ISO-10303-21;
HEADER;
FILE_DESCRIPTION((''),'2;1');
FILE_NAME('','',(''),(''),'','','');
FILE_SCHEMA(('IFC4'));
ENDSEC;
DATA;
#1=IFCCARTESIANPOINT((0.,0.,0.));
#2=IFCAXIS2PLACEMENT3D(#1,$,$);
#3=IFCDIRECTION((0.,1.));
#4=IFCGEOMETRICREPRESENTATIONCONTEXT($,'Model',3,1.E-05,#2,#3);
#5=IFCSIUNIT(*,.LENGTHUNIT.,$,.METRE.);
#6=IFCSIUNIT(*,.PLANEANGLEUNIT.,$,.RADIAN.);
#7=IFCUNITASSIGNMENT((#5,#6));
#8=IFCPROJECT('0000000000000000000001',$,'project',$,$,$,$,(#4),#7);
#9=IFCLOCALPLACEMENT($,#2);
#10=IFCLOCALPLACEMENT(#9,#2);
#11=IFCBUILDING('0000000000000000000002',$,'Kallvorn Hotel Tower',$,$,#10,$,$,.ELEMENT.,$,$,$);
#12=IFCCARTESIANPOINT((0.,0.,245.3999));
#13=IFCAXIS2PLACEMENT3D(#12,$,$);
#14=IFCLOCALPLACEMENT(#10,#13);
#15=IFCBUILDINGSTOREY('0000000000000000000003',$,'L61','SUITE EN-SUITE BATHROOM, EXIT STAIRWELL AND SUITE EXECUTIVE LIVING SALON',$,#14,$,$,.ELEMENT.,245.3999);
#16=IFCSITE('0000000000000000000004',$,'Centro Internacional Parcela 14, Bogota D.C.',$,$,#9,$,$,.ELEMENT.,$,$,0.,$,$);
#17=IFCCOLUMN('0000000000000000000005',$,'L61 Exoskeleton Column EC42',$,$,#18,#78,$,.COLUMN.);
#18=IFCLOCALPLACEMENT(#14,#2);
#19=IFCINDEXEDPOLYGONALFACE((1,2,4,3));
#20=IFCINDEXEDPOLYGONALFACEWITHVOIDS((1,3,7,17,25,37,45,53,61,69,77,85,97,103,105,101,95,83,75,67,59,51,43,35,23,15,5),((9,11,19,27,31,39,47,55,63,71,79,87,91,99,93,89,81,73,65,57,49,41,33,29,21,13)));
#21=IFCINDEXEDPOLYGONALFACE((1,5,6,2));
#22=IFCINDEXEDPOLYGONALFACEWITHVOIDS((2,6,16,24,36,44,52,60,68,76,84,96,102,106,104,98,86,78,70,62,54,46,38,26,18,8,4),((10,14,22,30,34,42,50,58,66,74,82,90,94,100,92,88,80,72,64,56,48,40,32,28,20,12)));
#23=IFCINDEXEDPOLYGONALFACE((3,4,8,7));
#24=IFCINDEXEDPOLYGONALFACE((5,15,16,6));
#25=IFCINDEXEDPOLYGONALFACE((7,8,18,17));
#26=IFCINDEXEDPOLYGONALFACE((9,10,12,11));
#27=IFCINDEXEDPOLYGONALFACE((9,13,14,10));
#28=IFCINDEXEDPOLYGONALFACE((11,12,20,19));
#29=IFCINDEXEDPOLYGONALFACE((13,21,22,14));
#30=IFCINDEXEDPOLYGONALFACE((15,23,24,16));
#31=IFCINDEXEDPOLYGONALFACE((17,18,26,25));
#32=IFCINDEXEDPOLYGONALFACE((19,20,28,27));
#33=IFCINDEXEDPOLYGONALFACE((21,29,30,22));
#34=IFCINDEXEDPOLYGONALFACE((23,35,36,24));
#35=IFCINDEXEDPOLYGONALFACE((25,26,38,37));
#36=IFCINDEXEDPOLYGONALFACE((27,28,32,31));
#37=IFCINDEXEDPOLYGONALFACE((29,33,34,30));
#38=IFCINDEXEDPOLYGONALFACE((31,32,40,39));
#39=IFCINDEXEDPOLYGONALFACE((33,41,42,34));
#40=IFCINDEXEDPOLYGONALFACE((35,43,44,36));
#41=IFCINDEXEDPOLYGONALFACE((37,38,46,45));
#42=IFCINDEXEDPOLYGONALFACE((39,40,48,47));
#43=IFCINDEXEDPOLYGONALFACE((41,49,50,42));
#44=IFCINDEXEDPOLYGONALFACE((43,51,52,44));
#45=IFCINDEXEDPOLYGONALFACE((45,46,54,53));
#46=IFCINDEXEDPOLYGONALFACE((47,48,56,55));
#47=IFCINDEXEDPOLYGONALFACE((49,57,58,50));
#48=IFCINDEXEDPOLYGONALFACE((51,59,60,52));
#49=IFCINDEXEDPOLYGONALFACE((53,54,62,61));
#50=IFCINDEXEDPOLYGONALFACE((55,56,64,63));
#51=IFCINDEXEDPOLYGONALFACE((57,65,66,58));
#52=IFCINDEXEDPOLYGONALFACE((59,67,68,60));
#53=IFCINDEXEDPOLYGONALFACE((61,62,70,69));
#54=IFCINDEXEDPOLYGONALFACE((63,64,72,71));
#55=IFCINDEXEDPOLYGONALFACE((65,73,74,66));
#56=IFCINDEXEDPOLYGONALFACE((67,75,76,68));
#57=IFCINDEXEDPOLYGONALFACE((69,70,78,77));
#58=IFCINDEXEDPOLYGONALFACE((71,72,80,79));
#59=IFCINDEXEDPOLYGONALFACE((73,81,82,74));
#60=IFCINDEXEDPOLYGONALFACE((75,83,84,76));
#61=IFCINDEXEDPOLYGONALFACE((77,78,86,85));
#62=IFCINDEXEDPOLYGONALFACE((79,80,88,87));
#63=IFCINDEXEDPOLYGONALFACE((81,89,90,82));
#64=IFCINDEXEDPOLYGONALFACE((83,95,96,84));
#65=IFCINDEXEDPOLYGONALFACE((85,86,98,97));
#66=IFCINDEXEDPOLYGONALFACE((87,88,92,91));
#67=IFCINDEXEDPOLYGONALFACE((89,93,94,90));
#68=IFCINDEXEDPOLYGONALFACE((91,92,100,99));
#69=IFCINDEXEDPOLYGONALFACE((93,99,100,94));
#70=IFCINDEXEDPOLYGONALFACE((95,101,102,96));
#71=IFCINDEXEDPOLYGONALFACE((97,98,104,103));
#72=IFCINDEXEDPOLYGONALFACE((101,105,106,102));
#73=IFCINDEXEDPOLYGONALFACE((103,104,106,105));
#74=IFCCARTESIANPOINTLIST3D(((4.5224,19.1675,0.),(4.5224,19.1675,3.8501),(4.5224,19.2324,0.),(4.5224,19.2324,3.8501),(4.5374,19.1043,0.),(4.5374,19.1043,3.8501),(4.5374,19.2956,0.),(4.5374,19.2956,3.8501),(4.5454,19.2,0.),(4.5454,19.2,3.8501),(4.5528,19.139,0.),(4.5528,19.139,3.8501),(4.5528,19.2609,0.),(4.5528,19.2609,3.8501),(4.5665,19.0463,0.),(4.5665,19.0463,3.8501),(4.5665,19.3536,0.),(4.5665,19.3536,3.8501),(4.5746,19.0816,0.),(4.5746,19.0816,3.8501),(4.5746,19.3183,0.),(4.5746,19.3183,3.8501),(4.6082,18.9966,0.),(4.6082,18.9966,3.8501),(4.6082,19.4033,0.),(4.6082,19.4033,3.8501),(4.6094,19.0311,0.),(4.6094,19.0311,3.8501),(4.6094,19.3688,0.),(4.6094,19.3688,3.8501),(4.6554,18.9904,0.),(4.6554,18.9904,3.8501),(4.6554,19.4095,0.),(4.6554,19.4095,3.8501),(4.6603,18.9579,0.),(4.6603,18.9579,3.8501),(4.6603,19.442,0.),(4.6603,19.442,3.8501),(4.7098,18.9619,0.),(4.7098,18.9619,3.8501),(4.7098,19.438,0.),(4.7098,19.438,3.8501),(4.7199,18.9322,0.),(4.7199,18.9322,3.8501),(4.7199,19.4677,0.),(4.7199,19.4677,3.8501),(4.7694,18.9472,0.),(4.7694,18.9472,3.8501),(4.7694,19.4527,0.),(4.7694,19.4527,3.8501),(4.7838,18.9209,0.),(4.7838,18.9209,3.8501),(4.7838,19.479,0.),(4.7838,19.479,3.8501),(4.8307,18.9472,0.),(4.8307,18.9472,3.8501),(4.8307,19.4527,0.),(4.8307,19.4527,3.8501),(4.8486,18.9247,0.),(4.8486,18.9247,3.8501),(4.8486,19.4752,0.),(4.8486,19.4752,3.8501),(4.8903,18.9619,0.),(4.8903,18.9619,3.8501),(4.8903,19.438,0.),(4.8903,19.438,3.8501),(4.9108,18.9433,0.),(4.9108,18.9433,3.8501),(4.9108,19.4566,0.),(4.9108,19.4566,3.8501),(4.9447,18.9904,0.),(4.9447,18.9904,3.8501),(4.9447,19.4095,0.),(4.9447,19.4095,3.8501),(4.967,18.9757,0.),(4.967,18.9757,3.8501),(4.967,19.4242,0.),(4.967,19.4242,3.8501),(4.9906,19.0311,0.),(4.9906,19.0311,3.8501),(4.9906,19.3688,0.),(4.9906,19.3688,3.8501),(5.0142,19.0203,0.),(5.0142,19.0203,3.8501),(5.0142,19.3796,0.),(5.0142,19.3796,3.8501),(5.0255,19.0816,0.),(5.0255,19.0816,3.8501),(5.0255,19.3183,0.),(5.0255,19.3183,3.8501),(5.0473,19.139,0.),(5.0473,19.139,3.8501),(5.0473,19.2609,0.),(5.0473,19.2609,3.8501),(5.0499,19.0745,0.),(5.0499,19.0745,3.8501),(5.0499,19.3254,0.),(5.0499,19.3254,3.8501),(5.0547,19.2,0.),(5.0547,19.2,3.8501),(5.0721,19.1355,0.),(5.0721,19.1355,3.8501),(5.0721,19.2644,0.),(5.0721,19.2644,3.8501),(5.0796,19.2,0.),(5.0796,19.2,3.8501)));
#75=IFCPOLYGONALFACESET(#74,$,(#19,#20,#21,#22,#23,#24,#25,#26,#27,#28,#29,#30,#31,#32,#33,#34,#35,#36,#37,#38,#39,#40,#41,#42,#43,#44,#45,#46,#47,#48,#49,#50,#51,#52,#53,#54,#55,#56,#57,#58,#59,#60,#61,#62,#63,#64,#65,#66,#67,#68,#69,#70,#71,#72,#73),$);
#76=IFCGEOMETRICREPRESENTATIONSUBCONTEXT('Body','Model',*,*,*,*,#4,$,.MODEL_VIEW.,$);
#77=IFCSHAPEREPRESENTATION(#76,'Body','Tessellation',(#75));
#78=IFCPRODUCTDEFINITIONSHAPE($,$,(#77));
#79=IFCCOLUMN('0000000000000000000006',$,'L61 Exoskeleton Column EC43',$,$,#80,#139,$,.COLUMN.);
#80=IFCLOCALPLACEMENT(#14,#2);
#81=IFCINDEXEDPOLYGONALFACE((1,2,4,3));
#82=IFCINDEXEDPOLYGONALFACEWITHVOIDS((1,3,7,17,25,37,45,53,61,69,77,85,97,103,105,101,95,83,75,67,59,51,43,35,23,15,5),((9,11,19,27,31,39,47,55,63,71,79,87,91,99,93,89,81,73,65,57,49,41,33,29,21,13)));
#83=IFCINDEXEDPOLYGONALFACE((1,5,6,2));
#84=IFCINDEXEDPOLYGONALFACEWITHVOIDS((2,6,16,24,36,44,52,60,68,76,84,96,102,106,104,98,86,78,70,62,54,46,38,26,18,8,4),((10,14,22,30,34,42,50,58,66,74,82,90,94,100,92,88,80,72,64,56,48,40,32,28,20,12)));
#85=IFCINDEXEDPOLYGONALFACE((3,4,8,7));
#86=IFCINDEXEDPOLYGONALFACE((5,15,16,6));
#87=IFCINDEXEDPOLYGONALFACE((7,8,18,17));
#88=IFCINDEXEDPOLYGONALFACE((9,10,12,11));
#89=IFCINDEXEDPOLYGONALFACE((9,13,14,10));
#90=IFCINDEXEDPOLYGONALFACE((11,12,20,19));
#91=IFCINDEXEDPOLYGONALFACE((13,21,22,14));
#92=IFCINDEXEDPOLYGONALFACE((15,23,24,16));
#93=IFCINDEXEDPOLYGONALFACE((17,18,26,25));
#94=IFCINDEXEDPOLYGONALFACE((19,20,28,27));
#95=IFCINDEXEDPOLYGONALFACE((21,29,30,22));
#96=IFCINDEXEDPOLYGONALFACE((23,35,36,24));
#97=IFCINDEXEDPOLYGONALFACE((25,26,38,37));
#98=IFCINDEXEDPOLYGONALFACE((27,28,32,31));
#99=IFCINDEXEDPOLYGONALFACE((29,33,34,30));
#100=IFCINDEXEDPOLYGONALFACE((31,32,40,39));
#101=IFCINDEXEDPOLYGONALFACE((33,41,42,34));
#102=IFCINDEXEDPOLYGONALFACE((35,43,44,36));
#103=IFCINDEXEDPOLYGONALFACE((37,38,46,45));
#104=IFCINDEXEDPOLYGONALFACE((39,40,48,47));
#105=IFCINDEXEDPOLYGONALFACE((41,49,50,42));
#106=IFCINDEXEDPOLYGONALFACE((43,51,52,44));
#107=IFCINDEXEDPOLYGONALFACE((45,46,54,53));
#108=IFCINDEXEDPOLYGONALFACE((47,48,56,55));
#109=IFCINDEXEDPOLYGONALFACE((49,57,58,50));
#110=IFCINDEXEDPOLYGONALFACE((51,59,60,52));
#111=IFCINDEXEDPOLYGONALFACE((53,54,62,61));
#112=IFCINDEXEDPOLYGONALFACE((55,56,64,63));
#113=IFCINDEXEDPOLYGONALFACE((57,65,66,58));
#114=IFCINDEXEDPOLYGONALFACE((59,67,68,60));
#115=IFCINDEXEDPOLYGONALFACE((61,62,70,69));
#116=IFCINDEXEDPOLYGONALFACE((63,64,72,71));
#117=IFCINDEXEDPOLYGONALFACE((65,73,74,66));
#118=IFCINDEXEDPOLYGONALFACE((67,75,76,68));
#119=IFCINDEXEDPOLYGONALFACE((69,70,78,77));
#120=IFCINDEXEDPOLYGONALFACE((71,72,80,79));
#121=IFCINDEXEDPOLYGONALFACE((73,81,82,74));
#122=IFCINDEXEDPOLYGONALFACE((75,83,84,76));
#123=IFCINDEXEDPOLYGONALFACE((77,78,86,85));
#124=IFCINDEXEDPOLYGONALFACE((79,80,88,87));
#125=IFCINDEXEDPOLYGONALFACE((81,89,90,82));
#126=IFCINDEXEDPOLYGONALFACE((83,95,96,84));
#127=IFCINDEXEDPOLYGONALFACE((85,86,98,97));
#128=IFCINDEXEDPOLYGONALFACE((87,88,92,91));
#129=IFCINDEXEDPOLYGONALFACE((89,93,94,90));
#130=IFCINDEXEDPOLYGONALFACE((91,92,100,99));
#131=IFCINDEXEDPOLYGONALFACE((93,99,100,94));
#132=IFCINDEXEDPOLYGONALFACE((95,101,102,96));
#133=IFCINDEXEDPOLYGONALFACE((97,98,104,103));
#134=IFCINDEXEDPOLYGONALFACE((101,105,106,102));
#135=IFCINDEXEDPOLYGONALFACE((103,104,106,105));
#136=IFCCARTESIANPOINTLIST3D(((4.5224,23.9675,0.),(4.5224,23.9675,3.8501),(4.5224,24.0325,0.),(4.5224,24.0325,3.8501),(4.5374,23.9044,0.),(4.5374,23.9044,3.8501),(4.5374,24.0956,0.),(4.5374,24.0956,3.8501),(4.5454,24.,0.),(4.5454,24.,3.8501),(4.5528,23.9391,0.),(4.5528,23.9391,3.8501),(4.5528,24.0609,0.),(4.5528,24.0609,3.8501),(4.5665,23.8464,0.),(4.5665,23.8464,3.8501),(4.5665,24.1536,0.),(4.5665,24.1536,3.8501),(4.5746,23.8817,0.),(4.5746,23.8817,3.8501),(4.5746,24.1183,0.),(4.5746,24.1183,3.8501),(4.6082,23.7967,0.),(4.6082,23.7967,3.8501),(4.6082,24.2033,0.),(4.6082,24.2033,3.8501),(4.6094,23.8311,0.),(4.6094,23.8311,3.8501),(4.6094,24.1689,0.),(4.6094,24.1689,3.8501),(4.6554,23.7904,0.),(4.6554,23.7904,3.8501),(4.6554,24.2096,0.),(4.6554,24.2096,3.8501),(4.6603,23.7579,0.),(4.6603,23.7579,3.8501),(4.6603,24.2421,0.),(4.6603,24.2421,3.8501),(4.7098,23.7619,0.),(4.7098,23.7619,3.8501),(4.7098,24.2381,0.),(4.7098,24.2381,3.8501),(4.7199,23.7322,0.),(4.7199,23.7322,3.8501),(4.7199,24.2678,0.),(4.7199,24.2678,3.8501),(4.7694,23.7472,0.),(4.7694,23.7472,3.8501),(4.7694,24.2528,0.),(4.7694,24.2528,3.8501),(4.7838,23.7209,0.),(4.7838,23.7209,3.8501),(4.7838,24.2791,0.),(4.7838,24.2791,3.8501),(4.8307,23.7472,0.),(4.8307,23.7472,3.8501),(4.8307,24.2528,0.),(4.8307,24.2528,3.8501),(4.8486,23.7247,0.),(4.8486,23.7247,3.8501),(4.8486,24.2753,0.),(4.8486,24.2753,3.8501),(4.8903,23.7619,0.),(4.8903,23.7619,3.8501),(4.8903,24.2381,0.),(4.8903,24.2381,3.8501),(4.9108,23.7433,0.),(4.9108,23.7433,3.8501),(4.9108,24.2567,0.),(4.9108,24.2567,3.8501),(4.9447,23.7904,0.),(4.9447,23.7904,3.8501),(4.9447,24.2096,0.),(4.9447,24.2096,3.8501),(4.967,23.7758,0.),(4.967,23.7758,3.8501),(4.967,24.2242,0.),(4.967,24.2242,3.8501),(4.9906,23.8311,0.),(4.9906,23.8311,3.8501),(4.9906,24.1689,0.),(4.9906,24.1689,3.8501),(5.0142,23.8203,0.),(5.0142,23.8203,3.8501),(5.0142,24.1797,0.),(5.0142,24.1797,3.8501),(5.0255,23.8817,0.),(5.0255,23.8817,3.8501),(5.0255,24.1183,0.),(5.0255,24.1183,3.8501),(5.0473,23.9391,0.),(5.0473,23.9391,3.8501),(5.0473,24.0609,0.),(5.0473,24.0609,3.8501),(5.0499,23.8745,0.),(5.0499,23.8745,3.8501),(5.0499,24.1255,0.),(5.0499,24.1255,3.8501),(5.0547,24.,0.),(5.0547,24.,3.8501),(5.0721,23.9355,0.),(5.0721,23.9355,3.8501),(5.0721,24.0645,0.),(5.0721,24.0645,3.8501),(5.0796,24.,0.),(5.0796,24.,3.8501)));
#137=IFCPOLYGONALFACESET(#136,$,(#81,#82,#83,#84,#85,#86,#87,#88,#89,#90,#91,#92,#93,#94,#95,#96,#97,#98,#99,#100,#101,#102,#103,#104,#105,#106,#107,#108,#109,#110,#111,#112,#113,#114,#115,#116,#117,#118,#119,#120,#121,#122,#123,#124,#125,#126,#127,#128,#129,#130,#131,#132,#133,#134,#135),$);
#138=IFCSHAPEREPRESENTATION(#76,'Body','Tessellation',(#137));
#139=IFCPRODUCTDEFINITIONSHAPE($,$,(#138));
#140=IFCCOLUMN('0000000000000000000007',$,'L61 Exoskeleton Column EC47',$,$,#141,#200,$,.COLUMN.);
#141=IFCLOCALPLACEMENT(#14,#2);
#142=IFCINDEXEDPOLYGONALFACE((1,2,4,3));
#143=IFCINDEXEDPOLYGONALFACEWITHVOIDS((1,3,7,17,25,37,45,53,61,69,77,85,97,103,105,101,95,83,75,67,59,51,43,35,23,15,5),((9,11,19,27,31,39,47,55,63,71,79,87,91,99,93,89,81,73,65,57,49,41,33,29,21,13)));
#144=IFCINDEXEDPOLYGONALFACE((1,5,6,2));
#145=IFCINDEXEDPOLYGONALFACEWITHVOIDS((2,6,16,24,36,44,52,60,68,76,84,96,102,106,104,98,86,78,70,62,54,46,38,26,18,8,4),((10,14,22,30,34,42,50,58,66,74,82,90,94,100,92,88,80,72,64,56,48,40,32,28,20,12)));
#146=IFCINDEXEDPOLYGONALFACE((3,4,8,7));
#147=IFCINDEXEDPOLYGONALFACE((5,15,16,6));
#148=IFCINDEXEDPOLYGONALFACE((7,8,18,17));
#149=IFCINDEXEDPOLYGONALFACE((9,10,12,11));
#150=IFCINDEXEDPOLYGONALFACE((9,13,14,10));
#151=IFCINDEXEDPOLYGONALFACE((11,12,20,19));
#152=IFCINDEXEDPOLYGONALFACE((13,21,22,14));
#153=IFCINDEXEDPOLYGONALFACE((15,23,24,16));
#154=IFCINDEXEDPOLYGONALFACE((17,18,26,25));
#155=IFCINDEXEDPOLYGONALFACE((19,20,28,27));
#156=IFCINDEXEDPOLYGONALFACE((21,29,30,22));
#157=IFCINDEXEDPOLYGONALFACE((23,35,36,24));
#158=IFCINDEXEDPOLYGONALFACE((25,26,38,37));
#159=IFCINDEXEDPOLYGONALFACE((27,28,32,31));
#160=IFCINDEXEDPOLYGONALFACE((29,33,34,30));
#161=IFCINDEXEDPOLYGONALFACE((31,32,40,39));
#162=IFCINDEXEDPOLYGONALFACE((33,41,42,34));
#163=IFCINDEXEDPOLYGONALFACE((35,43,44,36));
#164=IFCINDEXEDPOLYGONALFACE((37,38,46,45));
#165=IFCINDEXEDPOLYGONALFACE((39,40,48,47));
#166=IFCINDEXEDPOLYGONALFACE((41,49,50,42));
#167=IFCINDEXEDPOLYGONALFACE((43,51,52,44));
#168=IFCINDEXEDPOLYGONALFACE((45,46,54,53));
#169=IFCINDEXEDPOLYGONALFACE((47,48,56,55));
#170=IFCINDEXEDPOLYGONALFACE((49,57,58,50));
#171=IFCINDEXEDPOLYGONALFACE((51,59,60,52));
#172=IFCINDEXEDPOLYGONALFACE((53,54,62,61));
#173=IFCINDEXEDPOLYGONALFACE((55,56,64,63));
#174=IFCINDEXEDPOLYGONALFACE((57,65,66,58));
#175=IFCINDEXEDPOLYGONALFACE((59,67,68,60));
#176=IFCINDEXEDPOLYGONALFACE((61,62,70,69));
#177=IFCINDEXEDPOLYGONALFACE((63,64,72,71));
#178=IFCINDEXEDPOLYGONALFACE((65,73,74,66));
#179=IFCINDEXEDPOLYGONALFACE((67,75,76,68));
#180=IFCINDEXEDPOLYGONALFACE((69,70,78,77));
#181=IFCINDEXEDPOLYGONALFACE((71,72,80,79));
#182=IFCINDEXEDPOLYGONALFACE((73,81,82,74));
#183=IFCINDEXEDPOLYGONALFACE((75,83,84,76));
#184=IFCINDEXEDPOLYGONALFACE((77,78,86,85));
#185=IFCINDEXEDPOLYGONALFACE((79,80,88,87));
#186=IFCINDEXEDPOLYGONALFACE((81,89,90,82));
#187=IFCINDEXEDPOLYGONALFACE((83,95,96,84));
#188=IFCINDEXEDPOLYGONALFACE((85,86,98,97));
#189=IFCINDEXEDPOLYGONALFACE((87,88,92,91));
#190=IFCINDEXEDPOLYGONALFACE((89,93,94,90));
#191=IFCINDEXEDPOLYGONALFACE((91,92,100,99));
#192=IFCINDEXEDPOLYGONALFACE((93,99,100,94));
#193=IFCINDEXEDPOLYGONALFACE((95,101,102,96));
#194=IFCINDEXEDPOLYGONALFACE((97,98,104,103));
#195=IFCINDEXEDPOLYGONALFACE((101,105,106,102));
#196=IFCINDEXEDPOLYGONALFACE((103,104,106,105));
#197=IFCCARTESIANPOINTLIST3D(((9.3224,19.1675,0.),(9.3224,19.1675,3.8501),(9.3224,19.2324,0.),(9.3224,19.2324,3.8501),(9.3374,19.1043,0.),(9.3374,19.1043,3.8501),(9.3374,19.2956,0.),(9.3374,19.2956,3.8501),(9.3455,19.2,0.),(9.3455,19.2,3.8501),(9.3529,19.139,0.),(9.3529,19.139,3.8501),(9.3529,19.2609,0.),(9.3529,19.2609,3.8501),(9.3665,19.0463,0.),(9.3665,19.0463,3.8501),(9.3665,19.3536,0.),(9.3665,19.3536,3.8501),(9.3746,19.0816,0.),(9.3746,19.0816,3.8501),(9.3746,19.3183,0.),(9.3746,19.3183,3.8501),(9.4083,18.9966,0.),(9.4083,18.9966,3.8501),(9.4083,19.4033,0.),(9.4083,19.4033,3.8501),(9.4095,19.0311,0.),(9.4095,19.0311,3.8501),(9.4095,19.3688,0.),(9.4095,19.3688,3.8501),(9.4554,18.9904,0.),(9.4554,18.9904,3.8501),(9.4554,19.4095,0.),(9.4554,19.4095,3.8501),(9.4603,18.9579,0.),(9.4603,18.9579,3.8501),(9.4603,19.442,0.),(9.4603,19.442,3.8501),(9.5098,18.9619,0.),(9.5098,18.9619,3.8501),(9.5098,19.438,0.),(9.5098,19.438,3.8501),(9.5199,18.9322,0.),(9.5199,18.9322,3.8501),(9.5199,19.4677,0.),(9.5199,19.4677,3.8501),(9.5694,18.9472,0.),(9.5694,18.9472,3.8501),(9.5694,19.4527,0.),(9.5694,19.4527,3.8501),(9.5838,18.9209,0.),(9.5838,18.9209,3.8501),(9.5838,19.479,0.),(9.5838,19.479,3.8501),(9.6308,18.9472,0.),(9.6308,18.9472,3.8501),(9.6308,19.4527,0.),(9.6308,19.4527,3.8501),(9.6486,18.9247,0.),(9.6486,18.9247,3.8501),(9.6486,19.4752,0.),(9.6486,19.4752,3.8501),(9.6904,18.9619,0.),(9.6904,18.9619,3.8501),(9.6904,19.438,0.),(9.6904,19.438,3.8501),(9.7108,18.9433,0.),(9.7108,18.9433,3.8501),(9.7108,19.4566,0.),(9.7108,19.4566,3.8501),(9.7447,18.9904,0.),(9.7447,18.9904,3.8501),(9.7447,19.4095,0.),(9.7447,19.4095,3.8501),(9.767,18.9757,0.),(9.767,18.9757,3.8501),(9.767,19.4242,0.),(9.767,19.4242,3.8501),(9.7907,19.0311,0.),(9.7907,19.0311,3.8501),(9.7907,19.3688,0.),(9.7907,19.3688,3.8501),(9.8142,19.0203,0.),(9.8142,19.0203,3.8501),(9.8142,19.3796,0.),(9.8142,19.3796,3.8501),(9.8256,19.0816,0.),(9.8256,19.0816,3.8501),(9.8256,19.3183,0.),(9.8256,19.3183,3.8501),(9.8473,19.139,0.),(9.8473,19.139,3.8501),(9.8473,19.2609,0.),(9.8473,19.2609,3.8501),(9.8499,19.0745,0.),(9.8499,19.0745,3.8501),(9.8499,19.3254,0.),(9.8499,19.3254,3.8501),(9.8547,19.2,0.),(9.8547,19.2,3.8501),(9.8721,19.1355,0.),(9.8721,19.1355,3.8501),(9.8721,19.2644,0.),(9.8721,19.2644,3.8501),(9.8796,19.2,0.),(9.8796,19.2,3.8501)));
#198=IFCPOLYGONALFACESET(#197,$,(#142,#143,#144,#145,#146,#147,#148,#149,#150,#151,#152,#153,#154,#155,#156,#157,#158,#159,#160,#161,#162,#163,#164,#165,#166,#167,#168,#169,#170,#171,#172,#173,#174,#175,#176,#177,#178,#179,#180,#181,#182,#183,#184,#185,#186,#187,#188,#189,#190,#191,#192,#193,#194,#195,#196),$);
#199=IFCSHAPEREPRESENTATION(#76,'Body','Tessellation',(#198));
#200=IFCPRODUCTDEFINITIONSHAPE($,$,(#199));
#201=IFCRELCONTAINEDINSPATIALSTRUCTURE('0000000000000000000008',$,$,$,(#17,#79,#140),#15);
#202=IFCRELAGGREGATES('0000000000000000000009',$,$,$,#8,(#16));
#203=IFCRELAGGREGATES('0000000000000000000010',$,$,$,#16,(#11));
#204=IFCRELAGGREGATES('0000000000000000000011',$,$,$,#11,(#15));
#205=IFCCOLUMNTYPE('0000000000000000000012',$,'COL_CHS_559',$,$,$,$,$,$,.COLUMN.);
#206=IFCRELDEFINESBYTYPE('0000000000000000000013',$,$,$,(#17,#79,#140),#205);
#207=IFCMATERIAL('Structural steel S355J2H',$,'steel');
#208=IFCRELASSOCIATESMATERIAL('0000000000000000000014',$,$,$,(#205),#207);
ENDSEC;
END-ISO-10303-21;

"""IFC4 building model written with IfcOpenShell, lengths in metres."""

from ifc_helpers import new_model, si_unit, direction, frame, origin, origin_2d, place, context, subcontext, project, spatial, hollow_circle, extrude, material, material_profile, profile_set, type_object, element, save


model = new_model("IFC4")

# Units and contexts
model_context = context("Model", 3, precision=1e-05, world=origin(), true_north=direction((0.0, 1.0)))
body_context = subcontext(model_context, "Body", "Model", "MODEL_VIEW")
ifc_project = project(units=[si_unit("LENGTHUNIT", "METRE"), si_unit("PLANEANGLEUNIT", "RADIAN")], contexts=[model_context])

# Site, building, storey
site_placement = place(None, origin())
site = spatial("IfcSite", under=ifc_project, at=site_placement, Name="Centro Internacional Parcela 14, Bogota D.C.", CompositionType="ELEMENT", RefElevation=0.0)
building_placement = place(site_placement, origin())
building = spatial("IfcBuilding", under=site, at=building_placement, Name="Kallvorn Hotel Tower", CompositionType="ELEMENT")
storey_placement = place(building_placement, frame((0.0, 0.0, 245.3999)))
storey = spatial("IfcBuildingStorey", under=building, at=storey_placement, Name="L61", Description="SUITE EN-SUITE BATHROOM, EXIT STAIRWELL AND SUITE EXECUTIVE LIVING SALON", CompositionType="ELEMENT", Elevation=245.3999)

# Columns
ifc_material_1 = material(Name="Structural steel S355J2H", Category="steel")
ifc_material_profile_1 = material_profile(ifc_material_1, hollow_circle(Radius=0.2795, WallThickness=0.0249, at=origin_2d()), Name="CHS 559x25")
ifc_profile_set_1 = profile_set([ifc_material_profile_1], Name="Structural steel S355J2H")
column_type_1 = type_object("IfcColumnType", Name="COL_CHS_559", PredefinedType="COLUMN", material=ifc_profile_set_1)
for number, where, z_axis, x_axis, name in (
    (1, (4.8, 19.2, 0.0), (0.0, 0.0, 1.0), (1.0, 0.0, 0.0), "L61 Exoskeleton Column EC42"),
    (2, (4.8, 24.0, 0.0), (0.0, 0.0, 1.0), (1.0, 0.0, 0.0), "L61 Exoskeleton Column EC43"),
    (3, (9.6001, 19.2, 0.0), (0.0, 0.0, 1.0), (1.0, 0.0, 0.0), "L61 Exoskeleton Column EC47"),
):
    element("IfcColumn", number, at=place(storey_placement, frame(where, z_axis=z_axis, x_axis=x_axis)), inside=storey, type_object=column_type_1, Name=name, PredefinedType="COLUMN", context=body_context, shape_type="SweptSolid", body=[
        extrude(hollow_circle(Radius=0.2795, WallThickness=0.0249, at=origin_2d()), origin(), (0.0, 0.0, 1.0), 3.8501),
    ])

save(model, "model.ifc")
